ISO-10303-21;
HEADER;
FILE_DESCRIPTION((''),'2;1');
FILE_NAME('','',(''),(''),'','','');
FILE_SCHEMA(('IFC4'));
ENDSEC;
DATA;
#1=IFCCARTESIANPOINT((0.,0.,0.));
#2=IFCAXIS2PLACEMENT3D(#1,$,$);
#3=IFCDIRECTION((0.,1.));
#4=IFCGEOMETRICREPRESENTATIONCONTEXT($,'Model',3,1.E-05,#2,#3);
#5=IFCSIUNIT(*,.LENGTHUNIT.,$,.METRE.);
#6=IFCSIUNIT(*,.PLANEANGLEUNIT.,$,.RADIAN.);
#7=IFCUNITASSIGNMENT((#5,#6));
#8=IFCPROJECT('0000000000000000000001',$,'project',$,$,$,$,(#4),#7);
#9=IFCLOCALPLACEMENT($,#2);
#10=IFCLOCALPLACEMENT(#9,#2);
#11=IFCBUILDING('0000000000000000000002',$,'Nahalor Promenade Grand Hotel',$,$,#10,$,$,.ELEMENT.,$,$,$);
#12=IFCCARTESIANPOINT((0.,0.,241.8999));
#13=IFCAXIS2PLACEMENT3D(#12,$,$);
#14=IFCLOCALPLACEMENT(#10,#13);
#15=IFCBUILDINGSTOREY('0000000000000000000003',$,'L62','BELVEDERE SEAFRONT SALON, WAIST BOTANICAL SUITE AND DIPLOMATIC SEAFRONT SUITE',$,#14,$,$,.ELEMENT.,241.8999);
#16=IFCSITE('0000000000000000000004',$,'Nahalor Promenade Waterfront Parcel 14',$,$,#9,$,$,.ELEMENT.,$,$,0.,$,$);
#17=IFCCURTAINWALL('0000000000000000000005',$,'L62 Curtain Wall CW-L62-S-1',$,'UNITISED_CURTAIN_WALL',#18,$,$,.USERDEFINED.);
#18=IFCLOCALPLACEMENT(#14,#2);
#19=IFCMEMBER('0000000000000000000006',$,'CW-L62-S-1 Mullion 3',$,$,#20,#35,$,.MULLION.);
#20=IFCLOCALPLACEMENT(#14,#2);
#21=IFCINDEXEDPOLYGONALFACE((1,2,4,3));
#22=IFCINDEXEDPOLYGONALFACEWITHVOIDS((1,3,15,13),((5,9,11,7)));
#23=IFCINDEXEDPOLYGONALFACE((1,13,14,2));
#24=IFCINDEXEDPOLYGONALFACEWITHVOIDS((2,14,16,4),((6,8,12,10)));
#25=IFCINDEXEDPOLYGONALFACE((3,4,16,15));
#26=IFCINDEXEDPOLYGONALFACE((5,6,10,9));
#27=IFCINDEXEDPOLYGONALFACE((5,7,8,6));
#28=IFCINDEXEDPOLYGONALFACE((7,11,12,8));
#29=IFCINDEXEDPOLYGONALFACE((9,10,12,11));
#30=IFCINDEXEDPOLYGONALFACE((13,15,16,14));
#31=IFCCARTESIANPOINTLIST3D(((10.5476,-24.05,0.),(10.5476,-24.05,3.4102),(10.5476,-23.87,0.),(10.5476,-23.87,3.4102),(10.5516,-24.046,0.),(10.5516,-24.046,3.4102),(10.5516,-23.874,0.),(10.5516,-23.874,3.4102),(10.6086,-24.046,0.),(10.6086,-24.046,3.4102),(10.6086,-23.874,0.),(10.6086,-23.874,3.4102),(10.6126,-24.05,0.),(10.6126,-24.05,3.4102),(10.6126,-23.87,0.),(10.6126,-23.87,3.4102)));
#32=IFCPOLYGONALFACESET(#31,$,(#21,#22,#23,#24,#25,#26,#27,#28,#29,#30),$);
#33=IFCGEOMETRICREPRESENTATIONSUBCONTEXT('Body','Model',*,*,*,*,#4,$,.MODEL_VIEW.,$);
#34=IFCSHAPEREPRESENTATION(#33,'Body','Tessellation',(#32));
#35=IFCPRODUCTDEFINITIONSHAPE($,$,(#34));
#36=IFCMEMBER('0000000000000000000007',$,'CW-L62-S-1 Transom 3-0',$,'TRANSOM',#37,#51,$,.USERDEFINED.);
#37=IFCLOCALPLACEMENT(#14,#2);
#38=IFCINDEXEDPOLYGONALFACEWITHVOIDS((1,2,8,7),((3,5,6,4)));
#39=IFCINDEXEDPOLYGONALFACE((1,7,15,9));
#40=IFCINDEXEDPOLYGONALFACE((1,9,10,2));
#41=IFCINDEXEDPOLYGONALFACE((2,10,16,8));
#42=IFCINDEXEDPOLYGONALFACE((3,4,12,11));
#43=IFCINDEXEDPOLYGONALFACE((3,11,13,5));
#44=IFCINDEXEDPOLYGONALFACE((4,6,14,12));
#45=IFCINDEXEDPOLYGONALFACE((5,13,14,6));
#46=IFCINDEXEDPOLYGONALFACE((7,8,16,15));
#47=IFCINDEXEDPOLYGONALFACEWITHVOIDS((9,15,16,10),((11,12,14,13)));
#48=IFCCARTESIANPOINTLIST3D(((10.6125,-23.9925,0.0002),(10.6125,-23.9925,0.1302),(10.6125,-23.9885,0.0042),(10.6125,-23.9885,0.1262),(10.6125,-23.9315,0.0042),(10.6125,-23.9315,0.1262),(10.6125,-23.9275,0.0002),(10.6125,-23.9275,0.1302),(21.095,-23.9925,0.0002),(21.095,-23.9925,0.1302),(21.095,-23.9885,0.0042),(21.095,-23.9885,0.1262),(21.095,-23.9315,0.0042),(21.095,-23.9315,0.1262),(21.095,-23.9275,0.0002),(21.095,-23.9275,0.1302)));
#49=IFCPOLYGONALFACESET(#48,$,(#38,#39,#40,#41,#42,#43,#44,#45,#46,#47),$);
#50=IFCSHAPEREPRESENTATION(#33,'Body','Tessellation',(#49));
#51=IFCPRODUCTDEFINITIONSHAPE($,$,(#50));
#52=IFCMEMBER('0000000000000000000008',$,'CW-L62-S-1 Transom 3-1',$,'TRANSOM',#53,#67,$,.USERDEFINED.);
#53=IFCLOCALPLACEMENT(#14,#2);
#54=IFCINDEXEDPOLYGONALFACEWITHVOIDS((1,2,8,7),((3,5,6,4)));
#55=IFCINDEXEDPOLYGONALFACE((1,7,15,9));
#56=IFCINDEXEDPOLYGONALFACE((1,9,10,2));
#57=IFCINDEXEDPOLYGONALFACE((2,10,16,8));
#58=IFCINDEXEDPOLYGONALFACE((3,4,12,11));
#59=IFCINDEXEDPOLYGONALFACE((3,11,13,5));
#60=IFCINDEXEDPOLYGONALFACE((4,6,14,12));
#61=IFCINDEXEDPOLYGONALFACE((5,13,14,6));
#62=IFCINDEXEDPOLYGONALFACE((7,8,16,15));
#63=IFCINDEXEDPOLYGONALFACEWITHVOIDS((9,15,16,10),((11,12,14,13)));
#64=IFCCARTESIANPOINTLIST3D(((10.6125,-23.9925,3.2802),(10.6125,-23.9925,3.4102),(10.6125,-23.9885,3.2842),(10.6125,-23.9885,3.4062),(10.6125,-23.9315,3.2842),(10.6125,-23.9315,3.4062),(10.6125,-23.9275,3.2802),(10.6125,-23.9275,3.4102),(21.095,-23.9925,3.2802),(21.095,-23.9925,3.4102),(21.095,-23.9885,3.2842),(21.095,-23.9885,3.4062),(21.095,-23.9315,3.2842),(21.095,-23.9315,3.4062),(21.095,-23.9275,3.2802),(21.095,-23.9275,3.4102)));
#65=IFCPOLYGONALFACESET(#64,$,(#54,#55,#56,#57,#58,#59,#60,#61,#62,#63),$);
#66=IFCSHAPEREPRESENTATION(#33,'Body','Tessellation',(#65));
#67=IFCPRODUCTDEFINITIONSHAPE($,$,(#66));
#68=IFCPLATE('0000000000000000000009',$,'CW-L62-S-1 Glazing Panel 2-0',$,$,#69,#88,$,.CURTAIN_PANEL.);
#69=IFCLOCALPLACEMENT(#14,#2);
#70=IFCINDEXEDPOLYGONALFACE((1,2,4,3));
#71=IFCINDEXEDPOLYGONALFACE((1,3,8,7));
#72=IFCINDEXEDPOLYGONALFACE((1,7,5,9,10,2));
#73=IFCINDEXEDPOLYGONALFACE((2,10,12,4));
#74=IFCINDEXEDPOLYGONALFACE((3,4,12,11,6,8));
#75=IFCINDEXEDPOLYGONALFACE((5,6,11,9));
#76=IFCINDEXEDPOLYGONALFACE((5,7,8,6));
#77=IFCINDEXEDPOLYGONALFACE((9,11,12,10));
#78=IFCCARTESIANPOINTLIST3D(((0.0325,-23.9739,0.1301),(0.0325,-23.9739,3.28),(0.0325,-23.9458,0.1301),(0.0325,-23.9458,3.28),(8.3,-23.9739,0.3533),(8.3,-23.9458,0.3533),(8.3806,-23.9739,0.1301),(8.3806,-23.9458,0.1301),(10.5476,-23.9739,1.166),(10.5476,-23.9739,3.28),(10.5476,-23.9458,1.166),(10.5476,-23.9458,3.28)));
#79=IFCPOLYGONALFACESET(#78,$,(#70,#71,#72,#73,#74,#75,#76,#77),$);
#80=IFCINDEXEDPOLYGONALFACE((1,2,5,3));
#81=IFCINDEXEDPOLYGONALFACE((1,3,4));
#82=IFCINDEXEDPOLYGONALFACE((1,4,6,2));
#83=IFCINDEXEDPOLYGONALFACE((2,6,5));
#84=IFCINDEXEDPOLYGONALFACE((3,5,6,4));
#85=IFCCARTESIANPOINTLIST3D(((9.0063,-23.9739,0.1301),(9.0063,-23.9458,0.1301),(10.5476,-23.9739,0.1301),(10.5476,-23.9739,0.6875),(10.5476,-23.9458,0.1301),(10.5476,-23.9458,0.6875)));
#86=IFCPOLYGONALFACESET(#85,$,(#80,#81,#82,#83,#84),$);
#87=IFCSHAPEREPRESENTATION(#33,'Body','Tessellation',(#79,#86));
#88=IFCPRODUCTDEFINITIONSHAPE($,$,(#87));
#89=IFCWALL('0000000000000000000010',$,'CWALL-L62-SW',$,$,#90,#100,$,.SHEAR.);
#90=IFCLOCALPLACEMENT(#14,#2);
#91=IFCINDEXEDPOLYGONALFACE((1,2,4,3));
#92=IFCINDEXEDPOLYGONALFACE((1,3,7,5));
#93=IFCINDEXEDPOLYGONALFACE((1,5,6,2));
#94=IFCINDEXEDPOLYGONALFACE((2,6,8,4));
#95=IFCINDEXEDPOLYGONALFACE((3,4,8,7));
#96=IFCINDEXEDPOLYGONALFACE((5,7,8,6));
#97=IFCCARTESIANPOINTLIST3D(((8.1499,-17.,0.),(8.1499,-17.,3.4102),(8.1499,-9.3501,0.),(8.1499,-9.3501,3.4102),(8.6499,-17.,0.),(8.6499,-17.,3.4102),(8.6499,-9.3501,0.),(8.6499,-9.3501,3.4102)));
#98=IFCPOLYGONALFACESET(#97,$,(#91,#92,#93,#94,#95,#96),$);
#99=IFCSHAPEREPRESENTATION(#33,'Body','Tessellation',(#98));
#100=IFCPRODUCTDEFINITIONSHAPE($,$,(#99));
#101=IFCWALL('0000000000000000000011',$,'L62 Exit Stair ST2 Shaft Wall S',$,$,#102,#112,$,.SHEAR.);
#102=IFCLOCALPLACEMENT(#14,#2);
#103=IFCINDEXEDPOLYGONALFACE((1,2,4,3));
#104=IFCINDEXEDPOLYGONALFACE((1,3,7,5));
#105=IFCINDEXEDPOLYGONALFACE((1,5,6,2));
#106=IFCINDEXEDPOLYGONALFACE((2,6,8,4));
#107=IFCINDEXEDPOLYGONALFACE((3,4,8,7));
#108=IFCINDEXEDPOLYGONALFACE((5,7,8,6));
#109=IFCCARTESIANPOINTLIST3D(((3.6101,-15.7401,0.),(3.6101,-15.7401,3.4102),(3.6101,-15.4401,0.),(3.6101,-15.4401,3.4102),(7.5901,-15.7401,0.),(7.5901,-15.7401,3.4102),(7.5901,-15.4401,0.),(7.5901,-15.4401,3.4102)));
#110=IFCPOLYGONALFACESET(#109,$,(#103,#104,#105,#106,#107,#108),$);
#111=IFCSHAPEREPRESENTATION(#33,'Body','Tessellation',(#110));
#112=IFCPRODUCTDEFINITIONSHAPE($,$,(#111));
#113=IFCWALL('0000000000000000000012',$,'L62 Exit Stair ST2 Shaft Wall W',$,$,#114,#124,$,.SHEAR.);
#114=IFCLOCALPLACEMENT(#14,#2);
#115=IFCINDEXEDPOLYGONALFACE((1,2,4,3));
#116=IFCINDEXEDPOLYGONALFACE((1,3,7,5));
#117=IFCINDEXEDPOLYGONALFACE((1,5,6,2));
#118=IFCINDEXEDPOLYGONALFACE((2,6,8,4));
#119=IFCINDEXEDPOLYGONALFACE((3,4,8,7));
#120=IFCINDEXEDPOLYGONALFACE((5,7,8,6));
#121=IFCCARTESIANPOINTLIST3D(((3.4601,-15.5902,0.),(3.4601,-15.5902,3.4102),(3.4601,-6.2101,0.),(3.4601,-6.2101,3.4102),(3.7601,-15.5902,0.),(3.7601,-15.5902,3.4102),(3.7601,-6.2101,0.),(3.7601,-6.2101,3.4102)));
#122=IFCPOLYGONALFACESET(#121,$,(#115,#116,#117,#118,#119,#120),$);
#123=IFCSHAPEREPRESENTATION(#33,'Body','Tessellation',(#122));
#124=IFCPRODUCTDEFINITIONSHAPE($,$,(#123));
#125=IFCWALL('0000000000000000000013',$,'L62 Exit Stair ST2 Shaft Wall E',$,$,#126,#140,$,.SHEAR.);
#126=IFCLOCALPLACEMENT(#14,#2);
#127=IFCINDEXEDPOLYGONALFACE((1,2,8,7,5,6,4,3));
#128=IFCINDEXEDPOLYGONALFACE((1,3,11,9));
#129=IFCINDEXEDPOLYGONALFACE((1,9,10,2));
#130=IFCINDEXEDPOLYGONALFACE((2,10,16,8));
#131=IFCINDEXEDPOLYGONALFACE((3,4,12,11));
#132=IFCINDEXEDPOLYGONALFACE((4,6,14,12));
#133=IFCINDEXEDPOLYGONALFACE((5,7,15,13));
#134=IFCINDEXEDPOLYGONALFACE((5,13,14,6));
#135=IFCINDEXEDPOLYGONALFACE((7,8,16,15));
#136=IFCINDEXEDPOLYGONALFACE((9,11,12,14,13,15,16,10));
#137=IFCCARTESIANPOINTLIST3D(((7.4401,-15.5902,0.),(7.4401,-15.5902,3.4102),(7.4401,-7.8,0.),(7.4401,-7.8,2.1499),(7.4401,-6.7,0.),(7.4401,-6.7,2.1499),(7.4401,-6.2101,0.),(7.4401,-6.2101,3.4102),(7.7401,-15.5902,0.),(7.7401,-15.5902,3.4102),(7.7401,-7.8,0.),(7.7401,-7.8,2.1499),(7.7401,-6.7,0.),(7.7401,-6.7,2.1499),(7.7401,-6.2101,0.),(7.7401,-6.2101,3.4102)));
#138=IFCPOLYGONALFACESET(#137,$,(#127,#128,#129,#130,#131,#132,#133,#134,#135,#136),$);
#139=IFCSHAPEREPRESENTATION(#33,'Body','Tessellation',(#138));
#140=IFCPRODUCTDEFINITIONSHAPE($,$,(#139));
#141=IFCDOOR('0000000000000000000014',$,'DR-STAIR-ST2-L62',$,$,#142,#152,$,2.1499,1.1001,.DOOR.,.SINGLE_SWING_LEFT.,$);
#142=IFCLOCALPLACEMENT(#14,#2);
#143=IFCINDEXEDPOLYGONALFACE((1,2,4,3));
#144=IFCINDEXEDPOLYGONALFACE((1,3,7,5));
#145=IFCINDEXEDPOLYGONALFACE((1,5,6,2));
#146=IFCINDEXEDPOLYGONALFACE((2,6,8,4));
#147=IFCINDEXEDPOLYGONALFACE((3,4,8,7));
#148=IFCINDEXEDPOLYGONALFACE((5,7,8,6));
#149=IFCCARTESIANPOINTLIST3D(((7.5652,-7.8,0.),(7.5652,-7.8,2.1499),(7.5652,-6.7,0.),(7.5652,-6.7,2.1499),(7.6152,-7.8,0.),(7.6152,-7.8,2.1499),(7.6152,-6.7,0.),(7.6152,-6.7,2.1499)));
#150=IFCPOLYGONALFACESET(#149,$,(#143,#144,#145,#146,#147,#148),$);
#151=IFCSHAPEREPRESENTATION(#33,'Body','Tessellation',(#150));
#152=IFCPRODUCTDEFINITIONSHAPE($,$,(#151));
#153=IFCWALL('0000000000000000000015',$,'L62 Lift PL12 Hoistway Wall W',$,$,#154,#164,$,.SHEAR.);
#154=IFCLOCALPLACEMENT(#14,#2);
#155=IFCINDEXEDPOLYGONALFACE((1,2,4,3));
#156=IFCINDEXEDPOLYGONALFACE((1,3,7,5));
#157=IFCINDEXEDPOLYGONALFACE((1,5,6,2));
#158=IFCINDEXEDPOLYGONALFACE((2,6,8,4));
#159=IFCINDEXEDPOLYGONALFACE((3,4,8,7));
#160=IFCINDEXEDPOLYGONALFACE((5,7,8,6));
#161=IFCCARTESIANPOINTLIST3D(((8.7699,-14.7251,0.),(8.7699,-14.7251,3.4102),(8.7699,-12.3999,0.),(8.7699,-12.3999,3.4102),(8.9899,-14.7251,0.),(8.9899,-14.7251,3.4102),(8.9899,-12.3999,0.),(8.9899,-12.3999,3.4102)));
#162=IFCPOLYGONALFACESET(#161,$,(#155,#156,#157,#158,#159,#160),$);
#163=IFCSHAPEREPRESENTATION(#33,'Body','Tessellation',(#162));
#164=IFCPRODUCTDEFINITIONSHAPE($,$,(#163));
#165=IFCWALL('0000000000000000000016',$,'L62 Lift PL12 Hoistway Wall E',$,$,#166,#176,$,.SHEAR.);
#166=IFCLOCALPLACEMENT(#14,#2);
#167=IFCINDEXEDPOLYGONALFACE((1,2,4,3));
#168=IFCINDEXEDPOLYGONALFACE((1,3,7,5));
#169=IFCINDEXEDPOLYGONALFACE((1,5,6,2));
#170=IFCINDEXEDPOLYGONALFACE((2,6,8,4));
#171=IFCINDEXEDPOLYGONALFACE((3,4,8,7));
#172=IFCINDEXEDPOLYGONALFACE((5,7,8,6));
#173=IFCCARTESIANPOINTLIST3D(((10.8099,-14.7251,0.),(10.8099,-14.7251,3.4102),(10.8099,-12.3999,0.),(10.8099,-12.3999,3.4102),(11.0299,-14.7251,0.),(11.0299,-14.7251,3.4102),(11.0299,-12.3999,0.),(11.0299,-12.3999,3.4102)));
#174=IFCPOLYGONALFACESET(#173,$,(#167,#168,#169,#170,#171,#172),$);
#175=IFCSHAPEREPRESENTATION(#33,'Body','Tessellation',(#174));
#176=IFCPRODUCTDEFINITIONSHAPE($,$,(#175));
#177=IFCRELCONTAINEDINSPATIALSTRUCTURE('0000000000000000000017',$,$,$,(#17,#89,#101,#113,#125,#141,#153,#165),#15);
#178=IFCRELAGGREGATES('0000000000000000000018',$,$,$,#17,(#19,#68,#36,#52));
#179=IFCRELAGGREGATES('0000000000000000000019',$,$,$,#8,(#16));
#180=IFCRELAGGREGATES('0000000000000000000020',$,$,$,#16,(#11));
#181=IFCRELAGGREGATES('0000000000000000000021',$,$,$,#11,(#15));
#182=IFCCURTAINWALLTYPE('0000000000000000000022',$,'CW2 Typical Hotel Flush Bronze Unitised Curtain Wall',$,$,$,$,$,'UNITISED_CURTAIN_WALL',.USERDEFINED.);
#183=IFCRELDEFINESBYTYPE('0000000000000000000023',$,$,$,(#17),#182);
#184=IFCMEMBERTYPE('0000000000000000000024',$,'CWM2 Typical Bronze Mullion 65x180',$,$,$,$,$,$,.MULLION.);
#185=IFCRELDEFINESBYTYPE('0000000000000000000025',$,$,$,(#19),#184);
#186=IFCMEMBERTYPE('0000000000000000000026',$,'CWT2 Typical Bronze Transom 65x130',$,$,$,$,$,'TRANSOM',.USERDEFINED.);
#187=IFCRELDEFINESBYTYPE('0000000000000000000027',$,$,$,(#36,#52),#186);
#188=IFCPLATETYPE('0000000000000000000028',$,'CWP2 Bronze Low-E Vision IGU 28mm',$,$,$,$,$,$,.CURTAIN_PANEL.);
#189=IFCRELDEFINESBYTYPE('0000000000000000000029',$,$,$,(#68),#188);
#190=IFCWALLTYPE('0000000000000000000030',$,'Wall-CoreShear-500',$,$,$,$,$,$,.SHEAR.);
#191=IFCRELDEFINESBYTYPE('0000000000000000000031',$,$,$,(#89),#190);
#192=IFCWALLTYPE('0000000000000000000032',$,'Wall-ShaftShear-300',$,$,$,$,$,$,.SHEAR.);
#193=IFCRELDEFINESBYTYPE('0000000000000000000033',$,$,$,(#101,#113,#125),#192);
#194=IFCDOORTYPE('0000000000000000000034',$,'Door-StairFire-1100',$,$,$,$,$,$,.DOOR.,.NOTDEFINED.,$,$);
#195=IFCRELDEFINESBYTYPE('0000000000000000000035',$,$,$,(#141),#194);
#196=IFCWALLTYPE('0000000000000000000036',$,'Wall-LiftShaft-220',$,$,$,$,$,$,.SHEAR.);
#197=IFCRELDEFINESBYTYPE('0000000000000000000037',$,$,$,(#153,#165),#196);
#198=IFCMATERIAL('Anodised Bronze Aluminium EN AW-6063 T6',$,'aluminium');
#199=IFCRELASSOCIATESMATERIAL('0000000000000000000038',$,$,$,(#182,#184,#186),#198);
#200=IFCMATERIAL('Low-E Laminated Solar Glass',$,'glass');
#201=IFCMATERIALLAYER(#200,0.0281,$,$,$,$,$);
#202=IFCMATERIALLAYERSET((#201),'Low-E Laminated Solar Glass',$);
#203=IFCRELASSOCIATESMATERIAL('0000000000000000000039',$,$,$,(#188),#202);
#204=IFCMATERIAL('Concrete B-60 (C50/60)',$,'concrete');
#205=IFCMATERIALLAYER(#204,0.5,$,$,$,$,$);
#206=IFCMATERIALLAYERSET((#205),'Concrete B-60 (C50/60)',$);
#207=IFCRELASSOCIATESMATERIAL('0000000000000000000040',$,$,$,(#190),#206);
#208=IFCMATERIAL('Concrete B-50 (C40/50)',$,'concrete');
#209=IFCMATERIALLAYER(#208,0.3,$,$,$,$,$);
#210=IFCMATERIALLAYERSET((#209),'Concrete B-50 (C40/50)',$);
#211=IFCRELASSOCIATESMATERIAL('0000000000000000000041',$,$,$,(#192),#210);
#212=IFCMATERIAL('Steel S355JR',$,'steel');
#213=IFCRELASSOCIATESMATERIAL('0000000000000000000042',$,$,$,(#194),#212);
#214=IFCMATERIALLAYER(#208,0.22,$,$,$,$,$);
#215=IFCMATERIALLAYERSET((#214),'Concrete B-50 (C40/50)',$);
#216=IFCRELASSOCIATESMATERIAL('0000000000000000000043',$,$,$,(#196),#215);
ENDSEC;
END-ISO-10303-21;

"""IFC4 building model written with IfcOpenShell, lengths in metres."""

from ifc_helpers import new_model, si_unit, direction, frame, frame_2d, origin, origin_2d, place, context, subcontext, project, spatial, polyline, rectangle, hollow_rectangle, outline, extrude, source, transform, mapped, material, layer, layer_set, material_profile, profile_set, type_object, element, fill, aggregate, save


model = new_model("IFC4")

# Units and contexts
model_context = context("Model", 3, precision=1e-05, world=origin(), true_north=direction((0.0, 1.0)))
body_context = subcontext(model_context, "Body", "Model", "MODEL_VIEW")
ifc_project = project(units=[si_unit("LENGTHUNIT", "METRE"), si_unit("PLANEANGLEUNIT", "RADIAN")], contexts=[model_context])

# Site, building, storey
site_placement = place(None, origin())
site = spatial("IfcSite", under=ifc_project, at=site_placement, Name="Nahalor Promenade Waterfront Parcel 14", CompositionType="ELEMENT", RefElevation=0.0)
building_placement = place(site_placement, origin())
building = spatial("IfcBuilding", under=site, at=building_placement, Name="Nahalor Promenade Grand Hotel", CompositionType="ELEMENT")
storey_placement = place(building_placement, frame((0.0, 0.0, 241.8999)))
storey = spatial("IfcBuildingStorey", under=building, at=storey_placement, Name="L62", Description="BELVEDERE SEAFRONT SALON, WAIST BOTANICAL SUITE AND DIPLOMATIC SEAFRONT SUITE", CompositionType="ELEMENT", Elevation=241.8999)

# Shared definitions
ifc_material_1 = material(Name="Concrete B-60 (C50/60)", Category="concrete")
ifc_material_2 = material(Name="Steel S355JR", Category="steel")

# Curtain wall, members, plate
ifc_material_3 = material(Name="Anodised Bronze Aluminium EN AW-6063 T6", Category="aluminium")
curtain_wall_type = type_object("IfcCurtainWallType", Name="CW2 Typical Hotel Flush Bronze Unitised Curtain Wall", ElementType="UNITISED_CURTAIN_WALL", PredefinedType="USERDEFINED", material=ifc_material_3)
curtain_wall_placement = place(storey_placement, origin())
curtain_wall = element("IfcCurtainWall", 1, at=curtain_wall_placement, inside=storey, type_object=curtain_wall_type, Name="L62 Curtain Wall CW-L62-S-1", ObjectType="UNITISED_CURTAIN_WALL", PredefinedType="USERDEFINED")
ifc_material_profile_1 = material_profile(ifc_material_3, hollow_rectangle(XDim=0.065, YDim=0.18, WallThickness=0.004, at=origin_2d()), Name="CWM 65x180x4")
ifc_profile_set_1 = profile_set([ifc_material_profile_1], Name="Anodised Bronze Aluminium EN AW-6063 T6")
member_type_1 = type_object("IfcMemberType", Name="CWM2 Typical Bronze Mullion 65x180", PredefinedType="MULLION", material=ifc_profile_set_1)
shared_shape_1 = source(origin(), body_context, "Body", "SweptSolid", [
    extrude(hollow_rectangle(XDim=0.065, YDim=0.18, WallThickness=0.004, at=origin_2d()), origin(), (0.0, 0.0, 1.0), 3.4102),
])
member_1_placement = place(storey_placement, frame((10.5801, -23.96, 0.0), z_axis=(0.0, 0.0, 1.0), x_axis=(1.0, 0.0, 0.0)))
member_1 = element("IfcMember", 2, at=member_1_placement, type_object=member_type_1, Name="CW-L62-S-1 Mullion 3", PredefinedType="MULLION", context=body_context, shape_type="MappedRepresentation", body=[
    mapped(shared_shape_1, transform((0.0, 0.0, 0.0), scale=1.0)),
])
ifc_material_profile_2 = material_profile(ifc_material_3, hollow_rectangle(XDim=0.065, YDim=0.13, WallThickness=0.004, at=origin_2d()), Name="CWT 65x130x4")
ifc_profile_set_2 = profile_set([ifc_material_profile_2], Name="Anodised Bronze Aluminium EN AW-6063 T6")
member_type_2 = type_object("IfcMemberType", Name="CWT2 Typical Bronze Transom 65x130", ElementType="TRANSOM", PredefinedType="USERDEFINED", material=ifc_profile_set_2)
shared_shape_2 = source(origin(), body_context, "Body", "SweptSolid", [
    extrude(hollow_rectangle(XDim=0.065, YDim=0.13, WallThickness=0.004, at=origin_2d()), origin(), (0.0, 0.0, 1.0), 10.4824),
])
member_2_placement = place(storey_placement, frame((10.6125, -23.96, 0.0652), z_axis=(1.0, 0.0, 0.0), x_axis=(0.0, 1.0, 0.0)))
member_2 = element("IfcMember", 3, at=member_2_placement, type_object=member_type_2, Name="CW-L62-S-1 Transom 3-0", ObjectType="TRANSOM", PredefinedType="USERDEFINED", context=body_context, shape_type="MappedRepresentation", body=[
    mapped(shared_shape_2, transform((0.0, 0.0, 0.0), scale=1.0)),
])
member_3_placement = place(storey_placement, frame((10.6125, -23.96, 3.3452), z_axis=(1.0, 0.0, 0.0), x_axis=(0.0, 1.0, 0.0)))
member_3 = element("IfcMember", 4, at=member_3_placement, type_object=member_type_2, Name="CW-L62-S-1 Transom 3-1", ObjectType="TRANSOM", PredefinedType="USERDEFINED", context=body_context, shape_type="MappedRepresentation", body=[
    mapped(shared_shape_2, transform((0.0, 0.0, 0.0), scale=1.0)),
])
ifc_material_4 = material(Name="Low-E Laminated Solar Glass", Category="glass")
ifc_layer_1 = layer(ifc_material_4, 0.0281)
ifc_layer_set_1 = layer_set([ifc_layer_1], Name="Low-E Laminated Solar Glass")
plate_type = type_object("IfcPlateType", Name="CWP2 Bronze Low-E Vision IGU 28mm", PredefinedType="CURTAIN_PANEL", material=ifc_layer_set_1)
plate_placement = place(storey_placement, frame((5.29, -23.96, 0.1301), z_axis=(0.0, 0.0, 1.0), x_axis=(1.0, 0.0, 0.0)))
plate = element("IfcPlate", 5, at=plate_placement, type_object=plate_type, Name="CW-L62-S-1 Glazing Panel 2-0", PredefinedType="CURTAIN_PANEL", context=body_context, shape_type="SweptSolid", body=[
    extrude(outline(polyline([(-5.2576, 3.1499), (-5.2576, 0.0), (3.0906, 0.0), (3.01, 0.2231), (5.2576, 1.0359), (5.2576, 3.1499), (-5.2576, 3.1499)])), frame((0.0, 0.0142, 0.0), z_axis=(0.0, -1.0, 0.0), x_axis=(1.0, 0.0, 0.0)), (0.0, 0.0, 1.0), 0.0281),
    extrude(outline(polyline([(3.7163, 0.0), (5.2576, 0.0), (5.2576, 0.5574), (3.7163, 0.0)])), frame((0.0, 0.0142, 0.0), z_axis=(0.0, -1.0, 0.0), x_axis=(1.0, 0.0, 0.0)), (0.0, 0.0, 1.0), 0.0281),
])
aggregate(curtain_wall, [member_1, plate, member_2, member_3])

# Walls
ifc_layer_2 = layer(ifc_material_1, 0.5)
ifc_layer_set_2 = layer_set([ifc_layer_2], Name="Concrete B-60 (C50/60)")
wall_type_1 = type_object("IfcWallType", Name="Wall-CoreShear-500", PredefinedType="SHEAR", material=ifc_layer_set_2)
shared_shape_3 = source(origin(), body_context, "Body", "SweptSolid", [
    extrude(rectangle(XDim=7.6499, YDim=0.5, at=frame_2d((3.825, 0.0))), origin(), (0.0, 0.0, 1.0), 3.4102),
])
wall_1_placement = place(storey_placement, frame((8.3999, -17.0, 0.0), z_axis=(0.0, 0.0, 1.0), x_axis=(0.0, 1.0, 0.0)))
element("IfcWall", 6, at=wall_1_placement, inside=storey, type_object=wall_type_1, Name="CWALL-L62-SW", PredefinedType="SHEAR", context=body_context, shape_type="MappedRepresentation", body=[
    mapped(shared_shape_3, transform((0.0, 0.0, 0.0), scale=1.0)),
])
ifc_material_5 = material(Name="Concrete B-50 (C40/50)", Category="concrete")
ifc_layer_3 = layer(ifc_material_5, 0.3)
ifc_layer_set_3 = layer_set([ifc_layer_3], Name="Concrete B-50 (C40/50)")
wall_type_2 = type_object("IfcWallType", Name="Wall-ShaftShear-300", PredefinedType="SHEAR", material=ifc_layer_set_3)
shared_shape_4 = source(origin(), body_context, "Body", "SweptSolid", [
    extrude(rectangle(XDim=3.98, YDim=0.3, at=frame_2d((1.99, 0.0))), origin(), (0.0, 0.0, 1.0), 3.4102),
])
wall_2_placement = place(storey_placement, frame((3.6101, -15.5901, 0.0), z_axis=(0.0, 0.0, 1.0), x_axis=(1.0, 0.0, 0.0)))
element("IfcWall", 7, at=wall_2_placement, inside=storey, type_object=wall_type_2, Name="L62 Exit Stair ST2 Shaft Wall S", PredefinedType="SHEAR", context=body_context, shape_type="MappedRepresentation", body=[
    mapped(shared_shape_4, transform((0.0, 0.0, 0.0), scale=1.0)),
])
shared_shape_5 = source(origin(), body_context, "Body", "SweptSolid", [
    extrude(rectangle(XDim=9.3801, YDim=0.3, at=frame_2d((4.6899, 0.0))), origin(), (0.0, 0.0, 1.0), 3.4102),
])
wall_3_placement = place(storey_placement, frame((3.6101, -15.5901, 0.0), z_axis=(0.0, 0.0, 1.0), x_axis=(0.0, 1.0, 0.0)))
element("IfcWall", 8, at=wall_3_placement, inside=storey, type_object=wall_type_2, Name="L62 Exit Stair ST2 Shaft Wall W", PredefinedType="SHEAR", context=body_context, shape_type="MappedRepresentation", body=[
    mapped(shared_shape_5, transform((0.0, 0.0, 0.0), scale=1.0)),
])

# Wall, opening, door
wall_4_placement = place(storey_placement, frame((7.5901, -15.5901, 0.0), z_axis=(0.0, 0.0, 1.0), x_axis=(0.0, 1.0, 0.0)))
wall_4 = element("IfcWall", 9, at=wall_4_placement, inside=storey, type_object=wall_type_2, Name="L62 Exit Stair ST2 Shaft Wall E", PredefinedType="SHEAR", context=body_context, shape_type="MappedRepresentation", body=[
    mapped(shared_shape_5, transform((0.0, 0.0, 0.0), scale=1.0)),
])
opening_1_placement = place(wall_4_placement, frame((7.79, 0.0, 0.0)))
opening_1 = element("IfcOpeningElement", 10, at=opening_1_placement, cuts=wall_4, PredefinedType="OPENING", context=body_context, shape_type="SweptSolid", body=[
    extrude(rectangle(XDim=1.1001, YDim=2.1499, at=frame_2d((0.55, 1.075))), frame((0.0, 0.1599, 0.0), z_axis=(0.0, -1.0, 0.0), x_axis=(1.0, 0.0, 0.0)), (0.0, 0.0, 1.0), 0.3201),
])
door_type_1 = type_object("IfcDoorType", Name="Door-StairFire-1100", OperationType="NOTDEFINED", PredefinedType="DOOR", material=ifc_material_2)
shared_shape_6 = source(origin(), body_context, "Body", "SweptSolid", [
    extrude(rectangle(XDim=1.1001, YDim=2.1499, at=frame_2d((0.55, 1.075))), frame((0.0, 0.0249, 0.0), z_axis=(0.0, -1.0, 0.0), x_axis=(1.0, 0.0, 0.0)), (0.0, 0.0, 1.0), 0.05),
])
door_1_placement = place(opening_1_placement, origin())
door_1 = element("IfcDoor", 11, at=door_1_placement, inside=storey, type_object=door_type_1, Name="DR-STAIR-ST2-L62", OperationType="SINGLE_SWING_LEFT", OverallHeight=2.1499, OverallWidth=1.1001, PredefinedType="DOOR", context=body_context, shape_type="MappedRepresentation", body=[
    mapped(shared_shape_6, transform((0.0, 0.0, 0.0), scale=1.0)),
])
fill(opening_1, door_1)

# Walls
ifc_layer_4 = layer(ifc_material_5, 0.22)
ifc_layer_set_4 = layer_set([ifc_layer_4], Name="Concrete B-50 (C40/50)")
wall_type_3 = type_object("IfcWallType", Name="Wall-LiftShaft-220", PredefinedType="SHEAR", material=ifc_layer_set_4)
shared_shape_7 = source(origin(), body_context, "Body", "SweptSolid", [
    extrude(rectangle(XDim=2.3252, YDim=0.22, at=frame_2d((1.1626, 0.0))), origin(), (0.0, 0.0, 1.0), 3.4102),
])
for number, where, z_axis, x_axis, name in (
    (12, (8.8799, -14.7251, 0.0), (0.0, 0.0, 1.0), (0.0, 1.0, 0.0), "L62 Lift PL12 Hoistway Wall W"),
    (13, (10.9199, -14.7251, 0.0), (0.0, 0.0, 1.0), (0.0, 1.0, 0.0), "L62 Lift PL12 Hoistway Wall E"),
):
    element("IfcWall", number, at=place(storey_placement, frame(where, z_axis=z_axis, x_axis=x_axis)), inside=storey, type_object=wall_type_3, Name=name, PredefinedType="SHEAR", context=body_context, shape_type="MappedRepresentation", body=[
        mapped(shared_shape_7, transform((0.0, 0.0, 0.0), scale=1.0)),
    ])

save(model, "model.ifc")
